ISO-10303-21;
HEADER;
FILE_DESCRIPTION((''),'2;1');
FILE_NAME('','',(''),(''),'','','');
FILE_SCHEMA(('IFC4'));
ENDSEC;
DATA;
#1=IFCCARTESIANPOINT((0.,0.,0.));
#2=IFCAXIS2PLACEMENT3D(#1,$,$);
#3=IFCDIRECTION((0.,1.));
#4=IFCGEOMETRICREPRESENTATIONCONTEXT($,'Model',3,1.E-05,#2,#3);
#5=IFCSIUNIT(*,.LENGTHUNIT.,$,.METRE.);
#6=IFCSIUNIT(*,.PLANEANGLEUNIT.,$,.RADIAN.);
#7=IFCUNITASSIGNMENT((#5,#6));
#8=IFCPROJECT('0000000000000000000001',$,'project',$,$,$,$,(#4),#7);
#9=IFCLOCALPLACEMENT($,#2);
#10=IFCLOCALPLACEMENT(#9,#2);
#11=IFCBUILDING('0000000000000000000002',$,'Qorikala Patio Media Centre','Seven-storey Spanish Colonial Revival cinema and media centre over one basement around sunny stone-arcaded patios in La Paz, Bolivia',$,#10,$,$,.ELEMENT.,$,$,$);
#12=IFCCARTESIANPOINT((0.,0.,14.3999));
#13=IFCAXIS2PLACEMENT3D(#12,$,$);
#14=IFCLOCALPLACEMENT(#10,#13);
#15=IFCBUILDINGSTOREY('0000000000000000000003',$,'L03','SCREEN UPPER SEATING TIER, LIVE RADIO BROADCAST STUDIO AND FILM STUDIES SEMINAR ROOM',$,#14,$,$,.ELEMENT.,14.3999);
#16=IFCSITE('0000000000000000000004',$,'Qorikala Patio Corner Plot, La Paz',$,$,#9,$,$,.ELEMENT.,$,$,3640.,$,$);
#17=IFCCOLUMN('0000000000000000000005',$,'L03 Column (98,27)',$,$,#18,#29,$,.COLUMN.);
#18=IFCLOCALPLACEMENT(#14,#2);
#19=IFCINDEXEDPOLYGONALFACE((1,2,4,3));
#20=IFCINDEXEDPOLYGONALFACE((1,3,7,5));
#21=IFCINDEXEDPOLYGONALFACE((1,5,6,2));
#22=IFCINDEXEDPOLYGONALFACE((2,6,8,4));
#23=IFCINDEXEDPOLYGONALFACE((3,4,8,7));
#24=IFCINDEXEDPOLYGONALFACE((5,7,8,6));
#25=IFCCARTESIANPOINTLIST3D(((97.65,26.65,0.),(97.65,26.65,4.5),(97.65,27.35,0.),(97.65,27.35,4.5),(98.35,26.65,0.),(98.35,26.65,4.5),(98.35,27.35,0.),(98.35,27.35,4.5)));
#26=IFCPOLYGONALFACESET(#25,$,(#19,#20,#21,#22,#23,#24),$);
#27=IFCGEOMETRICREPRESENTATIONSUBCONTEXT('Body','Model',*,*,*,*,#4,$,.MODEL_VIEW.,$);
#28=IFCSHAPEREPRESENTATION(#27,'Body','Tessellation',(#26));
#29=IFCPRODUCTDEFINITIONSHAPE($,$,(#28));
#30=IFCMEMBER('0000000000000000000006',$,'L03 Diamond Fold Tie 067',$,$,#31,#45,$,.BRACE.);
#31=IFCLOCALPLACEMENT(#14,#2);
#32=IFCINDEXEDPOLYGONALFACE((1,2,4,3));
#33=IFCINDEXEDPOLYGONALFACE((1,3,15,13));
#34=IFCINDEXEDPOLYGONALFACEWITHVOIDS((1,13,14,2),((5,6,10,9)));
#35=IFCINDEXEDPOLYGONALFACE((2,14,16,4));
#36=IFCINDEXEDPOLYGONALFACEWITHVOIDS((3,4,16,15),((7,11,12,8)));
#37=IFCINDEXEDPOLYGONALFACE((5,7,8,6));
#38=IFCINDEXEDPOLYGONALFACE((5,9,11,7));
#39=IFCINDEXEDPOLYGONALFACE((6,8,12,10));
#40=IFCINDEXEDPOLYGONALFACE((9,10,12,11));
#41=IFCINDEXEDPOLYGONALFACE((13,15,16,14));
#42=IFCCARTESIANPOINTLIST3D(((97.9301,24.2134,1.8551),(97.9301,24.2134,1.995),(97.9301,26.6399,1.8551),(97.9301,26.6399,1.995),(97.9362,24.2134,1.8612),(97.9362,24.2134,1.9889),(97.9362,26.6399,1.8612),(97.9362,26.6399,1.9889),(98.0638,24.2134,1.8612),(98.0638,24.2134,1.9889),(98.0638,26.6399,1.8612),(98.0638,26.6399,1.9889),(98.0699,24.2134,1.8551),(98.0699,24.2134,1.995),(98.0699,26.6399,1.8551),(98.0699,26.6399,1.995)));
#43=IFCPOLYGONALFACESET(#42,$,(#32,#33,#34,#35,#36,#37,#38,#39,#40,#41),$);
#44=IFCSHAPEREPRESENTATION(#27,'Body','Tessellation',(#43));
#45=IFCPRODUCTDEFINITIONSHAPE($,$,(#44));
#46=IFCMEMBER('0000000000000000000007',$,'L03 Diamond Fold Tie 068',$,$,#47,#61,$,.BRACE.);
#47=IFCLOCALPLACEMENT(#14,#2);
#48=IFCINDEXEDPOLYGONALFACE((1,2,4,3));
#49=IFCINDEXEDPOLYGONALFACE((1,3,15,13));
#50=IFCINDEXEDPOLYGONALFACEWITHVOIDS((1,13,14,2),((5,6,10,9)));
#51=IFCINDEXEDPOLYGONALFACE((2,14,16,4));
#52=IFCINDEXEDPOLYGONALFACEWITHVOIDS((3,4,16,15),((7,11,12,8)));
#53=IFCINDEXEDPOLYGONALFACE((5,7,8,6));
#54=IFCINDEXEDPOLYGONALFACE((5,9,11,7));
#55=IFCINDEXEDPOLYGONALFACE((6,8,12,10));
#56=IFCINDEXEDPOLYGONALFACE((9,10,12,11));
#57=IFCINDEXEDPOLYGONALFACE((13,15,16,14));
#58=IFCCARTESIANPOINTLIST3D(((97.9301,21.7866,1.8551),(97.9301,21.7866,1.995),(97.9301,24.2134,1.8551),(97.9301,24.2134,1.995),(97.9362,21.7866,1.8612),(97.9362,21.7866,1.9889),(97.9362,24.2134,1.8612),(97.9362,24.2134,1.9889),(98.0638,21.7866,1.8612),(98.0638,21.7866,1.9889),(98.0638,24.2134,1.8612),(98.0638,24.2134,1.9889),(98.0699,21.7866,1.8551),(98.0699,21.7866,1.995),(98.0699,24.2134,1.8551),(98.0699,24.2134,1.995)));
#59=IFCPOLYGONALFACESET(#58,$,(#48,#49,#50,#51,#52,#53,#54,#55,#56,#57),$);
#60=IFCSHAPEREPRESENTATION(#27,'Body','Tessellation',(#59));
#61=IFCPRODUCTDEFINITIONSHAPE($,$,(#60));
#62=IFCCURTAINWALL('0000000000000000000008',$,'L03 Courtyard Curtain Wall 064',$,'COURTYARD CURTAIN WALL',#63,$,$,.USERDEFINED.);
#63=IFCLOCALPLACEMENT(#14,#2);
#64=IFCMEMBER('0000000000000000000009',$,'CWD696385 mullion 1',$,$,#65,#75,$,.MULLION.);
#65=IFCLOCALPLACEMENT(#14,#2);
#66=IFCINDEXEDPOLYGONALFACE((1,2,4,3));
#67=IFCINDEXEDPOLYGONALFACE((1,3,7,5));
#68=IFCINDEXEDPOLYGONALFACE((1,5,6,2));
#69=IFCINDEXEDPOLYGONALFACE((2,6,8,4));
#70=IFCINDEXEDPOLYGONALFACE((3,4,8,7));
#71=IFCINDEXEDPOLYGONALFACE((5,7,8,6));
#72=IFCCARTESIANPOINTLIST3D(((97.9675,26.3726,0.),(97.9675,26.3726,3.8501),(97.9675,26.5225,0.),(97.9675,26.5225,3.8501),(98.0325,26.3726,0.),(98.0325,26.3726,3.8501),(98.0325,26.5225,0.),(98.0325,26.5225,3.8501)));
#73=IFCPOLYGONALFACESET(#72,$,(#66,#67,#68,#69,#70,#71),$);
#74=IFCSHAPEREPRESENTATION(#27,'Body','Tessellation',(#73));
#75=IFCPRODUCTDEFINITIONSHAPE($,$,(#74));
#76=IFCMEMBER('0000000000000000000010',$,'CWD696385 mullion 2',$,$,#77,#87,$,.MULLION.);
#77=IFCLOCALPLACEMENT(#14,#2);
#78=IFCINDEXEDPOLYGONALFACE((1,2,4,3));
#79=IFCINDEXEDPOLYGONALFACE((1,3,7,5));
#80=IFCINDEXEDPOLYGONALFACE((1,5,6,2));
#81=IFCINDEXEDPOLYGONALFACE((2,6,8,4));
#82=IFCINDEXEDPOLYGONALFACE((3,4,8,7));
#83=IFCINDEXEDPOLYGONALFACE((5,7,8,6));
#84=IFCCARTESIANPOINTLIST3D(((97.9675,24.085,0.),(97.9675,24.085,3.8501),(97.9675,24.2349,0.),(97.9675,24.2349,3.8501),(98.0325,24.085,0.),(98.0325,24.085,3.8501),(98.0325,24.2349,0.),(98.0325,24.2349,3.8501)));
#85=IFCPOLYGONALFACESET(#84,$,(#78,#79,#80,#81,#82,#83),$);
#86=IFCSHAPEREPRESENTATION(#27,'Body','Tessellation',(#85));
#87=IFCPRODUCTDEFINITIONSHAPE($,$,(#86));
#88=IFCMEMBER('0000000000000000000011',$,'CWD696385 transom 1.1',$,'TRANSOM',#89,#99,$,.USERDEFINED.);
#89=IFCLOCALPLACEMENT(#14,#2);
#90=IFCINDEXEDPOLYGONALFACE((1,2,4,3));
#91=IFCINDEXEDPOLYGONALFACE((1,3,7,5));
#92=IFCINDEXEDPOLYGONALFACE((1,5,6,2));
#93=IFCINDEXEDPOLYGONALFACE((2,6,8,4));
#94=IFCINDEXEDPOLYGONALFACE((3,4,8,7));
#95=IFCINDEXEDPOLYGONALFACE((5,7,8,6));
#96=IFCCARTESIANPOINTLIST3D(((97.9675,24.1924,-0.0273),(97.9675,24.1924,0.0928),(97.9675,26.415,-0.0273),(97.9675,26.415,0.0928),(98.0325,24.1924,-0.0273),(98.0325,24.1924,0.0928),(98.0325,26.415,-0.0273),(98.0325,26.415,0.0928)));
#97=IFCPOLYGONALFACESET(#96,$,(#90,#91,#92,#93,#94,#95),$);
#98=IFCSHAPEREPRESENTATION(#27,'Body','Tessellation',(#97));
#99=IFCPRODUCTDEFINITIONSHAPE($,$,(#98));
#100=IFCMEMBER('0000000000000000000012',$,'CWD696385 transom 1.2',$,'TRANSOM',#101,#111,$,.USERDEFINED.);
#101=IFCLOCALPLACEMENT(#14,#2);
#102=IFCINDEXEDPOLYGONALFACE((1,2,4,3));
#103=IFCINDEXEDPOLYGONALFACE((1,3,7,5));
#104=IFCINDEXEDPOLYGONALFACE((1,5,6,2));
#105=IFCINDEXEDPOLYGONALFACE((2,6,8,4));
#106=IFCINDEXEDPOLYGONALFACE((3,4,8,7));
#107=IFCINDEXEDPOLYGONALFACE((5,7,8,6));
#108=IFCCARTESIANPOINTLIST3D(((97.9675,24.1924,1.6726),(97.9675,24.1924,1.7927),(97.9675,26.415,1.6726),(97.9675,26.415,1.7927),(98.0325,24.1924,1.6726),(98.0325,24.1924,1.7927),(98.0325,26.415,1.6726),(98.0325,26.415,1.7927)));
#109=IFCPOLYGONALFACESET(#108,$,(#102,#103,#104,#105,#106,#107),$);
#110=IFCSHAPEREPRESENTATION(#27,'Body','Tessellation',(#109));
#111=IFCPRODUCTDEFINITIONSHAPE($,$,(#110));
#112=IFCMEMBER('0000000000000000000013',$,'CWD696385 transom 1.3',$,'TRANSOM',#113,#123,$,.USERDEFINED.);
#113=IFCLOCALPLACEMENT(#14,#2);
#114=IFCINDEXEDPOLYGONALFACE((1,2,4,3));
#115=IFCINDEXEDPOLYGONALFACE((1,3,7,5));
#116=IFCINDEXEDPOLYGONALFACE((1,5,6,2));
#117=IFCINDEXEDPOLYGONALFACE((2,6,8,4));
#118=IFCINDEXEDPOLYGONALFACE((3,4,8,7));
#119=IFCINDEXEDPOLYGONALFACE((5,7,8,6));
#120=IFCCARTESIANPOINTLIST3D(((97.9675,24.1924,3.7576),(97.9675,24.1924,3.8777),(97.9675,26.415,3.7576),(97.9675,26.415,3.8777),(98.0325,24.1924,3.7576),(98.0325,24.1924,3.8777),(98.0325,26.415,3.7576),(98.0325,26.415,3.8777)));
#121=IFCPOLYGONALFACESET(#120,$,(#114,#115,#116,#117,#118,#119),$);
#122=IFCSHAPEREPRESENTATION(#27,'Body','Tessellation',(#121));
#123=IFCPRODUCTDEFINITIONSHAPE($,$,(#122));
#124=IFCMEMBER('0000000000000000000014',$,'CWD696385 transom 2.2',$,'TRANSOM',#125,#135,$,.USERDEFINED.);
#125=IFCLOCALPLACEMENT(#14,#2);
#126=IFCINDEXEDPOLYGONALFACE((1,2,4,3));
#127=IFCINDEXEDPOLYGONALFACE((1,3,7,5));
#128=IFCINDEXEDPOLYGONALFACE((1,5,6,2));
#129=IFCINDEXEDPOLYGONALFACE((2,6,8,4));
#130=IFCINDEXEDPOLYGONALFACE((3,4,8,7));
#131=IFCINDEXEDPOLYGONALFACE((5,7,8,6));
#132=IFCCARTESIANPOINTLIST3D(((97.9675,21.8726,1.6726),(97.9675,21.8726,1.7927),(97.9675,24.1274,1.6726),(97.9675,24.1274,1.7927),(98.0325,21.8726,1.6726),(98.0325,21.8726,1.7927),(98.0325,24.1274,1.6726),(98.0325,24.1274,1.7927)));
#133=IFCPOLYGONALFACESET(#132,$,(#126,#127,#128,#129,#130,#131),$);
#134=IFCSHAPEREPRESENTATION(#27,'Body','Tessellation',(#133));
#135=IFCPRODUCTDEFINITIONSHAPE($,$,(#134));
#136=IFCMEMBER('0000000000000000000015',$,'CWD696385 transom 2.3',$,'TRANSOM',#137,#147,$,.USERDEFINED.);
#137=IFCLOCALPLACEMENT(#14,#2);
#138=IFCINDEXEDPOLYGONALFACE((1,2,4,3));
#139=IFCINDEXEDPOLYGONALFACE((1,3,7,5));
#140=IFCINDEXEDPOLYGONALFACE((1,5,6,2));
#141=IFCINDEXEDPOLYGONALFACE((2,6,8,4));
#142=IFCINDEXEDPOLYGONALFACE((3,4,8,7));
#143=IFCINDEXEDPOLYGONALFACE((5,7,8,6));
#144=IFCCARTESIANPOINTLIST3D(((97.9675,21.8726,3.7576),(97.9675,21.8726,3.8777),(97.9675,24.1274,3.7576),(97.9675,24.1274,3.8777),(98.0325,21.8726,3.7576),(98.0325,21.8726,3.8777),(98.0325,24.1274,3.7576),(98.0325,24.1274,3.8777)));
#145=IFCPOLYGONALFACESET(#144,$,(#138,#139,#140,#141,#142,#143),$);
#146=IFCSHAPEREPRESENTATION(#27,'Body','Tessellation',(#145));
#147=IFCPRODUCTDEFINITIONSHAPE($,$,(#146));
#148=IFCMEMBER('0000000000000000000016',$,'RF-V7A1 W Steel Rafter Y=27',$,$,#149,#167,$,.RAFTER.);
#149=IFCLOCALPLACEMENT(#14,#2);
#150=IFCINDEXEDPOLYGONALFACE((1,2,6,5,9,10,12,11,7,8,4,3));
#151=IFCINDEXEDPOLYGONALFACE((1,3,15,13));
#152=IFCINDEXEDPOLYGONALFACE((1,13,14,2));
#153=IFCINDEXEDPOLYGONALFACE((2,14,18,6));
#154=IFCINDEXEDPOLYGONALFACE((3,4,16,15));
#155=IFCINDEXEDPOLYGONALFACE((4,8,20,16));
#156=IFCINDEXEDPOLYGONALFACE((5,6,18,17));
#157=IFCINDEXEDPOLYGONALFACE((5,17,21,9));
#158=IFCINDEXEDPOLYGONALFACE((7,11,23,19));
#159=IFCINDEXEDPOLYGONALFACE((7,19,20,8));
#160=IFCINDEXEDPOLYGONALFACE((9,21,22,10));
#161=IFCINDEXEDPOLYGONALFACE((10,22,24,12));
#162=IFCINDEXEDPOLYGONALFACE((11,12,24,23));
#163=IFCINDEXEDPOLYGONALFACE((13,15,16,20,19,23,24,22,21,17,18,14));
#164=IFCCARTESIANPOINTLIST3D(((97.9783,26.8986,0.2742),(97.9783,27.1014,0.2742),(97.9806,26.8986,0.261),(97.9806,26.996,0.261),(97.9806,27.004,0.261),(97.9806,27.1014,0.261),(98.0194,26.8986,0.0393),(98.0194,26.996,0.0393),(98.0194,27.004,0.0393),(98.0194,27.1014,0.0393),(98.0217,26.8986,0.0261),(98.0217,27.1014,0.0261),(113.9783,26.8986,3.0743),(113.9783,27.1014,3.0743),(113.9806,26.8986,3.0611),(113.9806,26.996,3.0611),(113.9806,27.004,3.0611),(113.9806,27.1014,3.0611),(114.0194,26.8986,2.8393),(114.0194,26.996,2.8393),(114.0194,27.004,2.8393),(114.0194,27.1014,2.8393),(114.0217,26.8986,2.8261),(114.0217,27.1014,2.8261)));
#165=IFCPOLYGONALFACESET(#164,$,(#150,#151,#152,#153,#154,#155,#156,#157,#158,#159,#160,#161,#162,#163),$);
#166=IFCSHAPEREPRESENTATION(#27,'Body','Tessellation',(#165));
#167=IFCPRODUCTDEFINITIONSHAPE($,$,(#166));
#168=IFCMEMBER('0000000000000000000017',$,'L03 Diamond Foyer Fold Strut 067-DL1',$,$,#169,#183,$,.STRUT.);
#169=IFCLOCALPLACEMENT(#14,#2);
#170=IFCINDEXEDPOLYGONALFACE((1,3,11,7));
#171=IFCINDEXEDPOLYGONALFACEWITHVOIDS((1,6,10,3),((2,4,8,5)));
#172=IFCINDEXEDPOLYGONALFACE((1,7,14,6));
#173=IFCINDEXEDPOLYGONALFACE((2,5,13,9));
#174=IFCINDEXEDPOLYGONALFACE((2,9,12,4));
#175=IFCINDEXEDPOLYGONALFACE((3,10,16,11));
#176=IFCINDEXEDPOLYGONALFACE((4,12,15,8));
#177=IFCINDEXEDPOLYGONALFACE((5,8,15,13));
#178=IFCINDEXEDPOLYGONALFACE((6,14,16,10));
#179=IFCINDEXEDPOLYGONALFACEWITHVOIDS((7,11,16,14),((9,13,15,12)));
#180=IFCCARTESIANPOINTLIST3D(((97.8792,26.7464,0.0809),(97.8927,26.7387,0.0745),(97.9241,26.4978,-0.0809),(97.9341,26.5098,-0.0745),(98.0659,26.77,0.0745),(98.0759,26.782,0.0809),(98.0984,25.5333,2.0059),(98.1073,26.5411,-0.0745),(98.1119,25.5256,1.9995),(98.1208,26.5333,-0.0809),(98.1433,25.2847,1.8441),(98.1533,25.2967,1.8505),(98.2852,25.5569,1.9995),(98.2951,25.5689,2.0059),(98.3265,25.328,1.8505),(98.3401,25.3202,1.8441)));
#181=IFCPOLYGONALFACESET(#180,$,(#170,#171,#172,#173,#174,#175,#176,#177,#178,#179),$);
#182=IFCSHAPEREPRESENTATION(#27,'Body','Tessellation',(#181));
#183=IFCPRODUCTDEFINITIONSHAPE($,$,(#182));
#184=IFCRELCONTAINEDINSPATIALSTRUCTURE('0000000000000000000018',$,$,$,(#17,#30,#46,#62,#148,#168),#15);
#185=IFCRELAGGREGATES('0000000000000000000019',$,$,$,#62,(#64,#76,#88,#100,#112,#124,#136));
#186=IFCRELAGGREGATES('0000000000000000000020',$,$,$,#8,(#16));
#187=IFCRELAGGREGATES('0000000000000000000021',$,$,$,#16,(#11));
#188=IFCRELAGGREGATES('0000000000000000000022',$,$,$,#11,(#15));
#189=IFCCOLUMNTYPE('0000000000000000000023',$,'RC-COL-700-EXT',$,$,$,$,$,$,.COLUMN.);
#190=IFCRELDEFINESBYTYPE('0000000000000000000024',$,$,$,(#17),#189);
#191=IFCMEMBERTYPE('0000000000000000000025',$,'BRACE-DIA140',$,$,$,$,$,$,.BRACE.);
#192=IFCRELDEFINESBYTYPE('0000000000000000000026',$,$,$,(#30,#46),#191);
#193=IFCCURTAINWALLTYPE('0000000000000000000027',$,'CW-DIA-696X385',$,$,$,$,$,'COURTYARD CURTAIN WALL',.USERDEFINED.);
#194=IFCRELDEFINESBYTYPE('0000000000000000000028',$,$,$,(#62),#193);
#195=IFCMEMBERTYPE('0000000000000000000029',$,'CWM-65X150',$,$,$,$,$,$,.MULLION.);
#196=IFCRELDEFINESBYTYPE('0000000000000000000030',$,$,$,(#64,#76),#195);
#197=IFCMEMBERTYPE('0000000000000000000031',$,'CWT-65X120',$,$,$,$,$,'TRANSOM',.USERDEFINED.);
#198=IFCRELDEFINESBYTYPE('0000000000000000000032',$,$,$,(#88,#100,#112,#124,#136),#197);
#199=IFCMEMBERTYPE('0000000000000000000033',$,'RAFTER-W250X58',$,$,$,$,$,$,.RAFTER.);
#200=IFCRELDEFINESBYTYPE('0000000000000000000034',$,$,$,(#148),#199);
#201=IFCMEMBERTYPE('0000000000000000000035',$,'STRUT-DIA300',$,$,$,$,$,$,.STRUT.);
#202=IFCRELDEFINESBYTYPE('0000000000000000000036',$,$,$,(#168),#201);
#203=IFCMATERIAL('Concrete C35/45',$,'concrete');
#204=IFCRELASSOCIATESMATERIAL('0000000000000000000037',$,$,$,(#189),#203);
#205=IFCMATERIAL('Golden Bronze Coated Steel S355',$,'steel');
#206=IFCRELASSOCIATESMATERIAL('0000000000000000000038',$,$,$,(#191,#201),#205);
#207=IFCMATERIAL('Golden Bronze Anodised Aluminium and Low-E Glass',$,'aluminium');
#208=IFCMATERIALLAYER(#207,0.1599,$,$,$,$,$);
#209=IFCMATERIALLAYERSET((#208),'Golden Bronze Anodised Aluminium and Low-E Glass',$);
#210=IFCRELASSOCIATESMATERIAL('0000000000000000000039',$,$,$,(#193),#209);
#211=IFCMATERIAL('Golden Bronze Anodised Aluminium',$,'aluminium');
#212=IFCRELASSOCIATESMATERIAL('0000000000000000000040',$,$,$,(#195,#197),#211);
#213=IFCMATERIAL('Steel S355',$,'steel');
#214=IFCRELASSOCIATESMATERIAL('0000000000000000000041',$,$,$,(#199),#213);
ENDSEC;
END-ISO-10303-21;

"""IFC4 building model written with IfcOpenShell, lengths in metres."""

from ifc_helpers import new_model, si_unit, direction, frame, origin, origin_2d, place, context, subcontext, project, spatial, rectangle, hollow_rectangle, i_section, extrude, material, layer, layer_set, material_profile, profile_set, type_object, element, aggregate, save


model = new_model("IFC4")

# Units and contexts
model_context = context("Model", 3, precision=1e-05, world=origin(), true_north=direction((0.0, 1.0)))
body_context = subcontext(model_context, "Body", "Model", "MODEL_VIEW")
ifc_project = project(units=[si_unit("LENGTHUNIT", "METRE"), si_unit("PLANEANGLEUNIT", "RADIAN")], contexts=[model_context])

# Site, building, storey
site_placement = place(None, origin())
site = spatial("IfcSite", under=ifc_project, at=site_placement, Name="Qorikala Patio Corner Plot, La Paz", CompositionType="ELEMENT", RefElevation=3640.0)
building_placement = place(site_placement, origin())
building = spatial("IfcBuilding", under=site, at=building_placement, Name="Qorikala Patio Media Centre", Description="Seven-storey Spanish Colonial Revival cinema and media centre over one basement around sunny stone-arcaded patios in La Paz, Bolivia", CompositionType="ELEMENT")
storey_placement = place(building_placement, frame((0.0, 0.0, 14.3999)))
storey = spatial("IfcBuildingStorey", under=building, at=storey_placement, Name="L03", Description="SCREEN UPPER SEATING TIER, LIVE RADIO BROADCAST STUDIO AND FILM STUDIES SEMINAR ROOM", CompositionType="ELEMENT", Elevation=14.3999)

# Column
ifc_material_1 = material(Name="Concrete C35/45", Category="concrete")
ifc_material_profile_1 = material_profile(ifc_material_1, rectangle(XDim=0.7, YDim=0.7, at=origin_2d()), Name="RC 700x700")
ifc_profile_set_1 = profile_set([ifc_material_profile_1], Name="Concrete C35/45")
column_type = type_object("IfcColumnType", Name="RC-COL-700-EXT", PredefinedType="COLUMN", material=ifc_profile_set_1)
column_placement = place(storey_placement, frame((98.0, 27.0, 0.0), z_axis=(0.0, 0.0, 1.0), x_axis=(1.0, 0.0, 0.0)))
element("IfcColumn", 1, at=column_placement, inside=storey, type_object=column_type, Name="L03 Column (98,27)", PredefinedType="COLUMN", context=body_context, shape_type="SweptSolid", body=[
    extrude(rectangle(XDim=0.7, YDim=0.7, at=origin_2d()), origin(), (0.0, 0.0, 1.0), 4.5),
])

# Members
ifc_material_2 = material(Name="Golden Bronze Coated Steel S355", Category="steel")
ifc_material_profile_2 = material_profile(ifc_material_2, hollow_rectangle(XDim=0.1399, YDim=0.1399, WallThickness=0.0061, at=origin_2d()), Name="HSS140X140X6")
ifc_profile_set_2 = profile_set([ifc_material_profile_2], Name="Golden Bronze Coated Steel S355")
member_type_1 = type_object("IfcMemberType", Name="BRACE-DIA140", PredefinedType="BRACE", material=ifc_profile_set_2)
member_1_placement = place(storey_placement, frame((98.0, 26.6399, 1.925), z_axis=(0.0, -1.0, 0.0), x_axis=(1.0, 0.0, 0.0)))
element("IfcMember", 2, at=member_1_placement, inside=storey, type_object=member_type_1, Name="L03 Diamond Fold Tie 067", PredefinedType="BRACE", context=body_context, shape_type="SweptSolid", body=[
    extrude(hollow_rectangle(XDim=0.1399, YDim=0.1399, WallThickness=0.0061, at=origin_2d()), origin(), (0.0, 0.0, 1.0), 2.4265),
])
member_2_placement = place(storey_placement, frame((98.0, 24.2134, 1.925), z_axis=(0.0, -1.0, 0.0), x_axis=(1.0, 0.0, 0.0)))
element("IfcMember", 3, at=member_2_placement, inside=storey, type_object=member_type_1, Name="L03 Diamond Fold Tie 068", PredefinedType="BRACE", context=body_context, shape_type="SweptSolid", body=[
    extrude(hollow_rectangle(XDim=0.1399, YDim=0.1399, WallThickness=0.0061, at=origin_2d()), origin(), (0.0, 0.0, 1.0), 2.4268),
])

# Curtain wall, members
ifc_material_3 = material(Name="Golden Bronze Anodised Aluminium and Low-E Glass", Category="aluminium")
ifc_layer_1 = layer(ifc_material_3, 0.1599)
ifc_layer_set_1 = layer_set([ifc_layer_1], Name="Golden Bronze Anodised Aluminium and Low-E Glass")
curtain_wall_type = type_object("IfcCurtainWallType", Name="CW-DIA-696X385", ElementType="COURTYARD CURTAIN WALL", PredefinedType="USERDEFINED", material=ifc_layer_set_1)
curtain_wall_placement = place(storey_placement, origin())
curtain_wall = element("IfcCurtainWall", 4, at=curtain_wall_placement, inside=storey, type_object=curtain_wall_type, Name="L03 Courtyard Curtain Wall 064", ObjectType="COURTYARD CURTAIN WALL", PredefinedType="USERDEFINED")
ifc_material_4 = material(Name="Golden Bronze Anodised Aluminium", Category="aluminium")
ifc_material_profile_3 = material_profile(ifc_material_4, rectangle(XDim=0.0649, YDim=0.1499, at=origin_2d()), Name="ALU MULLION 65x150")
ifc_profile_set_3 = profile_set([ifc_material_profile_3], Name="Golden Bronze Anodised Aluminium")
member_type_2 = type_object("IfcMemberType", Name="CWM-65X150", PredefinedType="MULLION", material=ifc_profile_set_3)
member_3_placement = place(storey_placement, frame((98.0, 26.4475, 0.0), z_axis=(0.0, 0.0, 1.0), x_axis=(1.0, 0.0, 0.0)))
member_3 = element("IfcMember", 5, at=member_3_placement, type_object=member_type_2, Name="CWD696385 mullion 1", PredefinedType="MULLION", context=body_context, shape_type="SweptSolid", body=[
    extrude(rectangle(XDim=0.0649, YDim=0.1499, at=origin_2d()), origin(), (0.0, 0.0, 1.0), 3.8501),
])
member_4_placement = place(storey_placement, frame((98.0, 24.1599, 0.0), z_axis=(0.0, 0.0, 1.0), x_axis=(1.0, 0.0, 0.0)))
member_4 = element("IfcMember", 6, at=member_4_placement, type_object=member_type_2, Name="CWD696385 mullion 2", PredefinedType="MULLION", context=body_context, shape_type="SweptSolid", body=[
    extrude(rectangle(XDim=0.0649, YDim=0.1499, at=origin_2d()), origin(), (0.0, 0.0, 1.0), 3.8501),
])
ifc_material_profile_4 = material_profile(ifc_material_4, rectangle(XDim=0.0649, YDim=0.1201, at=origin_2d()), Name="ALU TRANSOM 65x120")
ifc_profile_set_4 = profile_set([ifc_material_profile_4], Name="Golden Bronze Anodised Aluminium")
member_type_3 = type_object("IfcMemberType", Name="CWT-65X120", ElementType="TRANSOM", PredefinedType="USERDEFINED", material=ifc_profile_set_4)
member_5_placement = place(storey_placement, frame((98.0, 26.415, 0.0327), z_axis=(0.0, -1.0, 0.0), x_axis=(1.0, 0.0, 0.0)))
member_5 = element("IfcMember", 7, at=member_5_placement, type_object=member_type_3, Name="CWD696385 transom 1.1", ObjectType="TRANSOM", PredefinedType="USERDEFINED", context=body_context, shape_type="SweptSolid", body=[
    extrude(rectangle(XDim=0.0649, YDim=0.1201, at=origin_2d()), origin(), (0.0, 0.0, 1.0), 2.2227),
])
member_6_placement = place(storey_placement, frame((98.0, 26.415, 1.7327), z_axis=(0.0, -1.0, 0.0), x_axis=(1.0, 0.0, 0.0)))
member_6 = element("IfcMember", 8, at=member_6_placement, type_object=member_type_3, Name="CWD696385 transom 1.2", ObjectType="TRANSOM", PredefinedType="USERDEFINED", context=body_context, shape_type="SweptSolid", body=[
    extrude(rectangle(XDim=0.0649, YDim=0.1201, at=origin_2d()), origin(), (0.0, 0.0, 1.0), 2.2227),
])
member_7_placement = place(storey_placement, frame((98.0, 26.415, 3.8176), z_axis=(0.0, -1.0, 0.0), x_axis=(1.0, 0.0, 0.0)))
member_7 = element("IfcMember", 9, at=member_7_placement, type_object=member_type_3, Name="CWD696385 transom 1.3", ObjectType="TRANSOM", PredefinedType="USERDEFINED", context=body_context, shape_type="SweptSolid", body=[
    extrude(rectangle(XDim=0.0649, YDim=0.1201, at=origin_2d()), origin(), (0.0, 0.0, 1.0), 2.2227),
])
member_8_placement = place(storey_placement, frame((98.0, 24.1274, 1.7327), z_axis=(0.0, -1.0, 0.0), x_axis=(1.0, 0.0, 0.0)))
member_8 = element("IfcMember", 10, at=member_8_placement, type_object=member_type_3, Name="CWD696385 transom 2.2", ObjectType="TRANSOM", PredefinedType="USERDEFINED", context=body_context, shape_type="SweptSolid", body=[
    extrude(rectangle(XDim=0.0649, YDim=0.1201, at=origin_2d()), origin(), (0.0, 0.0, 1.0), 2.2549),
])
member_9_placement = place(storey_placement, frame((98.0, 24.1274, 3.8176), z_axis=(0.0, -1.0, 0.0), x_axis=(1.0, 0.0, 0.0)))
member_9 = element("IfcMember", 11, at=member_9_placement, type_object=member_type_3, Name="CWD696385 transom 2.3", ObjectType="TRANSOM", PredefinedType="USERDEFINED", context=body_context, shape_type="SweptSolid", body=[
    extrude(rectangle(XDim=0.0649, YDim=0.1201, at=origin_2d()), origin(), (0.0, 0.0, 1.0), 2.2549),
])

# Members
ifc_material_5 = material(Name="Steel S355", Category="steel")
ifc_material_profile_5 = material_profile(ifc_material_5, i_section(OverallWidth=0.2029, OverallDepth=0.252, WebThickness=0.0081, FlangeThickness=0.0134, at=origin_2d()), Name="W250X58")
ifc_profile_set_5 = profile_set([ifc_material_profile_5], Name="Steel S355")
member_type_4 = type_object("IfcMemberType", Name="RAFTER-W250X58", PredefinedType="RAFTER", material=ifc_profile_set_5)
member_10_placement = place(storey_placement, frame((98.0, 27.0, 0.1501), z_axis=(0.98503, 0.0, 0.172383), x_axis=(0.0, 1.0, 0.0)))
element("IfcMember", 12, at=member_10_placement, inside=storey, type_object=member_type_4, Name="RF-V7A1 W Steel Rafter Y=27", PredefinedType="RAFTER", context=body_context, shape_type="SweptSolid", body=[
    extrude(i_section(OverallWidth=0.2029, OverallDepth=0.252, WebThickness=0.0081, FlangeThickness=0.0134, at=origin_2d()), origin(), (0.0, 0.0, 1.0), 16.2432),
])
ifc_material_profile_6 = material_profile(ifc_material_2, hollow_rectangle(XDim=0.2, YDim=0.3, WallThickness=0.012, at=origin_2d()), Name="HSS300X200X12")
ifc_profile_set_6 = profile_set([ifc_material_profile_6], Name="Golden Bronze Coated Steel S355")
member_type_5 = type_object("IfcMemberType", Name="STRUT-DIA300", PredefinedType="STRUT", material=ifc_profile_set_6)
member_11_placement = place(storey_placement, frame((98.0, 26.6399, 0.0), z_axis=(0.095907, -0.530691, 0.842121), x_axis=(0.984059, 0.17784, 0.0)))
element("IfcMember", 13, at=member_11_placement, inside=storey, type_object=member_type_5, Name="L03 Diamond Foyer Fold Strut 067-DL1", PredefinedType="STRUT", context=body_context, shape_type="SweptSolid", body=[
    extrude(hollow_rectangle(XDim=0.2, YDim=0.3, WallThickness=0.012, at=origin_2d()), origin(), (0.0, 0.0, 1.0), 2.2859),
])

aggregate(curtain_wall, [member_3, member_4, member_5, member_6, member_7, member_8, member_9])

save(model, "model.ifc")
